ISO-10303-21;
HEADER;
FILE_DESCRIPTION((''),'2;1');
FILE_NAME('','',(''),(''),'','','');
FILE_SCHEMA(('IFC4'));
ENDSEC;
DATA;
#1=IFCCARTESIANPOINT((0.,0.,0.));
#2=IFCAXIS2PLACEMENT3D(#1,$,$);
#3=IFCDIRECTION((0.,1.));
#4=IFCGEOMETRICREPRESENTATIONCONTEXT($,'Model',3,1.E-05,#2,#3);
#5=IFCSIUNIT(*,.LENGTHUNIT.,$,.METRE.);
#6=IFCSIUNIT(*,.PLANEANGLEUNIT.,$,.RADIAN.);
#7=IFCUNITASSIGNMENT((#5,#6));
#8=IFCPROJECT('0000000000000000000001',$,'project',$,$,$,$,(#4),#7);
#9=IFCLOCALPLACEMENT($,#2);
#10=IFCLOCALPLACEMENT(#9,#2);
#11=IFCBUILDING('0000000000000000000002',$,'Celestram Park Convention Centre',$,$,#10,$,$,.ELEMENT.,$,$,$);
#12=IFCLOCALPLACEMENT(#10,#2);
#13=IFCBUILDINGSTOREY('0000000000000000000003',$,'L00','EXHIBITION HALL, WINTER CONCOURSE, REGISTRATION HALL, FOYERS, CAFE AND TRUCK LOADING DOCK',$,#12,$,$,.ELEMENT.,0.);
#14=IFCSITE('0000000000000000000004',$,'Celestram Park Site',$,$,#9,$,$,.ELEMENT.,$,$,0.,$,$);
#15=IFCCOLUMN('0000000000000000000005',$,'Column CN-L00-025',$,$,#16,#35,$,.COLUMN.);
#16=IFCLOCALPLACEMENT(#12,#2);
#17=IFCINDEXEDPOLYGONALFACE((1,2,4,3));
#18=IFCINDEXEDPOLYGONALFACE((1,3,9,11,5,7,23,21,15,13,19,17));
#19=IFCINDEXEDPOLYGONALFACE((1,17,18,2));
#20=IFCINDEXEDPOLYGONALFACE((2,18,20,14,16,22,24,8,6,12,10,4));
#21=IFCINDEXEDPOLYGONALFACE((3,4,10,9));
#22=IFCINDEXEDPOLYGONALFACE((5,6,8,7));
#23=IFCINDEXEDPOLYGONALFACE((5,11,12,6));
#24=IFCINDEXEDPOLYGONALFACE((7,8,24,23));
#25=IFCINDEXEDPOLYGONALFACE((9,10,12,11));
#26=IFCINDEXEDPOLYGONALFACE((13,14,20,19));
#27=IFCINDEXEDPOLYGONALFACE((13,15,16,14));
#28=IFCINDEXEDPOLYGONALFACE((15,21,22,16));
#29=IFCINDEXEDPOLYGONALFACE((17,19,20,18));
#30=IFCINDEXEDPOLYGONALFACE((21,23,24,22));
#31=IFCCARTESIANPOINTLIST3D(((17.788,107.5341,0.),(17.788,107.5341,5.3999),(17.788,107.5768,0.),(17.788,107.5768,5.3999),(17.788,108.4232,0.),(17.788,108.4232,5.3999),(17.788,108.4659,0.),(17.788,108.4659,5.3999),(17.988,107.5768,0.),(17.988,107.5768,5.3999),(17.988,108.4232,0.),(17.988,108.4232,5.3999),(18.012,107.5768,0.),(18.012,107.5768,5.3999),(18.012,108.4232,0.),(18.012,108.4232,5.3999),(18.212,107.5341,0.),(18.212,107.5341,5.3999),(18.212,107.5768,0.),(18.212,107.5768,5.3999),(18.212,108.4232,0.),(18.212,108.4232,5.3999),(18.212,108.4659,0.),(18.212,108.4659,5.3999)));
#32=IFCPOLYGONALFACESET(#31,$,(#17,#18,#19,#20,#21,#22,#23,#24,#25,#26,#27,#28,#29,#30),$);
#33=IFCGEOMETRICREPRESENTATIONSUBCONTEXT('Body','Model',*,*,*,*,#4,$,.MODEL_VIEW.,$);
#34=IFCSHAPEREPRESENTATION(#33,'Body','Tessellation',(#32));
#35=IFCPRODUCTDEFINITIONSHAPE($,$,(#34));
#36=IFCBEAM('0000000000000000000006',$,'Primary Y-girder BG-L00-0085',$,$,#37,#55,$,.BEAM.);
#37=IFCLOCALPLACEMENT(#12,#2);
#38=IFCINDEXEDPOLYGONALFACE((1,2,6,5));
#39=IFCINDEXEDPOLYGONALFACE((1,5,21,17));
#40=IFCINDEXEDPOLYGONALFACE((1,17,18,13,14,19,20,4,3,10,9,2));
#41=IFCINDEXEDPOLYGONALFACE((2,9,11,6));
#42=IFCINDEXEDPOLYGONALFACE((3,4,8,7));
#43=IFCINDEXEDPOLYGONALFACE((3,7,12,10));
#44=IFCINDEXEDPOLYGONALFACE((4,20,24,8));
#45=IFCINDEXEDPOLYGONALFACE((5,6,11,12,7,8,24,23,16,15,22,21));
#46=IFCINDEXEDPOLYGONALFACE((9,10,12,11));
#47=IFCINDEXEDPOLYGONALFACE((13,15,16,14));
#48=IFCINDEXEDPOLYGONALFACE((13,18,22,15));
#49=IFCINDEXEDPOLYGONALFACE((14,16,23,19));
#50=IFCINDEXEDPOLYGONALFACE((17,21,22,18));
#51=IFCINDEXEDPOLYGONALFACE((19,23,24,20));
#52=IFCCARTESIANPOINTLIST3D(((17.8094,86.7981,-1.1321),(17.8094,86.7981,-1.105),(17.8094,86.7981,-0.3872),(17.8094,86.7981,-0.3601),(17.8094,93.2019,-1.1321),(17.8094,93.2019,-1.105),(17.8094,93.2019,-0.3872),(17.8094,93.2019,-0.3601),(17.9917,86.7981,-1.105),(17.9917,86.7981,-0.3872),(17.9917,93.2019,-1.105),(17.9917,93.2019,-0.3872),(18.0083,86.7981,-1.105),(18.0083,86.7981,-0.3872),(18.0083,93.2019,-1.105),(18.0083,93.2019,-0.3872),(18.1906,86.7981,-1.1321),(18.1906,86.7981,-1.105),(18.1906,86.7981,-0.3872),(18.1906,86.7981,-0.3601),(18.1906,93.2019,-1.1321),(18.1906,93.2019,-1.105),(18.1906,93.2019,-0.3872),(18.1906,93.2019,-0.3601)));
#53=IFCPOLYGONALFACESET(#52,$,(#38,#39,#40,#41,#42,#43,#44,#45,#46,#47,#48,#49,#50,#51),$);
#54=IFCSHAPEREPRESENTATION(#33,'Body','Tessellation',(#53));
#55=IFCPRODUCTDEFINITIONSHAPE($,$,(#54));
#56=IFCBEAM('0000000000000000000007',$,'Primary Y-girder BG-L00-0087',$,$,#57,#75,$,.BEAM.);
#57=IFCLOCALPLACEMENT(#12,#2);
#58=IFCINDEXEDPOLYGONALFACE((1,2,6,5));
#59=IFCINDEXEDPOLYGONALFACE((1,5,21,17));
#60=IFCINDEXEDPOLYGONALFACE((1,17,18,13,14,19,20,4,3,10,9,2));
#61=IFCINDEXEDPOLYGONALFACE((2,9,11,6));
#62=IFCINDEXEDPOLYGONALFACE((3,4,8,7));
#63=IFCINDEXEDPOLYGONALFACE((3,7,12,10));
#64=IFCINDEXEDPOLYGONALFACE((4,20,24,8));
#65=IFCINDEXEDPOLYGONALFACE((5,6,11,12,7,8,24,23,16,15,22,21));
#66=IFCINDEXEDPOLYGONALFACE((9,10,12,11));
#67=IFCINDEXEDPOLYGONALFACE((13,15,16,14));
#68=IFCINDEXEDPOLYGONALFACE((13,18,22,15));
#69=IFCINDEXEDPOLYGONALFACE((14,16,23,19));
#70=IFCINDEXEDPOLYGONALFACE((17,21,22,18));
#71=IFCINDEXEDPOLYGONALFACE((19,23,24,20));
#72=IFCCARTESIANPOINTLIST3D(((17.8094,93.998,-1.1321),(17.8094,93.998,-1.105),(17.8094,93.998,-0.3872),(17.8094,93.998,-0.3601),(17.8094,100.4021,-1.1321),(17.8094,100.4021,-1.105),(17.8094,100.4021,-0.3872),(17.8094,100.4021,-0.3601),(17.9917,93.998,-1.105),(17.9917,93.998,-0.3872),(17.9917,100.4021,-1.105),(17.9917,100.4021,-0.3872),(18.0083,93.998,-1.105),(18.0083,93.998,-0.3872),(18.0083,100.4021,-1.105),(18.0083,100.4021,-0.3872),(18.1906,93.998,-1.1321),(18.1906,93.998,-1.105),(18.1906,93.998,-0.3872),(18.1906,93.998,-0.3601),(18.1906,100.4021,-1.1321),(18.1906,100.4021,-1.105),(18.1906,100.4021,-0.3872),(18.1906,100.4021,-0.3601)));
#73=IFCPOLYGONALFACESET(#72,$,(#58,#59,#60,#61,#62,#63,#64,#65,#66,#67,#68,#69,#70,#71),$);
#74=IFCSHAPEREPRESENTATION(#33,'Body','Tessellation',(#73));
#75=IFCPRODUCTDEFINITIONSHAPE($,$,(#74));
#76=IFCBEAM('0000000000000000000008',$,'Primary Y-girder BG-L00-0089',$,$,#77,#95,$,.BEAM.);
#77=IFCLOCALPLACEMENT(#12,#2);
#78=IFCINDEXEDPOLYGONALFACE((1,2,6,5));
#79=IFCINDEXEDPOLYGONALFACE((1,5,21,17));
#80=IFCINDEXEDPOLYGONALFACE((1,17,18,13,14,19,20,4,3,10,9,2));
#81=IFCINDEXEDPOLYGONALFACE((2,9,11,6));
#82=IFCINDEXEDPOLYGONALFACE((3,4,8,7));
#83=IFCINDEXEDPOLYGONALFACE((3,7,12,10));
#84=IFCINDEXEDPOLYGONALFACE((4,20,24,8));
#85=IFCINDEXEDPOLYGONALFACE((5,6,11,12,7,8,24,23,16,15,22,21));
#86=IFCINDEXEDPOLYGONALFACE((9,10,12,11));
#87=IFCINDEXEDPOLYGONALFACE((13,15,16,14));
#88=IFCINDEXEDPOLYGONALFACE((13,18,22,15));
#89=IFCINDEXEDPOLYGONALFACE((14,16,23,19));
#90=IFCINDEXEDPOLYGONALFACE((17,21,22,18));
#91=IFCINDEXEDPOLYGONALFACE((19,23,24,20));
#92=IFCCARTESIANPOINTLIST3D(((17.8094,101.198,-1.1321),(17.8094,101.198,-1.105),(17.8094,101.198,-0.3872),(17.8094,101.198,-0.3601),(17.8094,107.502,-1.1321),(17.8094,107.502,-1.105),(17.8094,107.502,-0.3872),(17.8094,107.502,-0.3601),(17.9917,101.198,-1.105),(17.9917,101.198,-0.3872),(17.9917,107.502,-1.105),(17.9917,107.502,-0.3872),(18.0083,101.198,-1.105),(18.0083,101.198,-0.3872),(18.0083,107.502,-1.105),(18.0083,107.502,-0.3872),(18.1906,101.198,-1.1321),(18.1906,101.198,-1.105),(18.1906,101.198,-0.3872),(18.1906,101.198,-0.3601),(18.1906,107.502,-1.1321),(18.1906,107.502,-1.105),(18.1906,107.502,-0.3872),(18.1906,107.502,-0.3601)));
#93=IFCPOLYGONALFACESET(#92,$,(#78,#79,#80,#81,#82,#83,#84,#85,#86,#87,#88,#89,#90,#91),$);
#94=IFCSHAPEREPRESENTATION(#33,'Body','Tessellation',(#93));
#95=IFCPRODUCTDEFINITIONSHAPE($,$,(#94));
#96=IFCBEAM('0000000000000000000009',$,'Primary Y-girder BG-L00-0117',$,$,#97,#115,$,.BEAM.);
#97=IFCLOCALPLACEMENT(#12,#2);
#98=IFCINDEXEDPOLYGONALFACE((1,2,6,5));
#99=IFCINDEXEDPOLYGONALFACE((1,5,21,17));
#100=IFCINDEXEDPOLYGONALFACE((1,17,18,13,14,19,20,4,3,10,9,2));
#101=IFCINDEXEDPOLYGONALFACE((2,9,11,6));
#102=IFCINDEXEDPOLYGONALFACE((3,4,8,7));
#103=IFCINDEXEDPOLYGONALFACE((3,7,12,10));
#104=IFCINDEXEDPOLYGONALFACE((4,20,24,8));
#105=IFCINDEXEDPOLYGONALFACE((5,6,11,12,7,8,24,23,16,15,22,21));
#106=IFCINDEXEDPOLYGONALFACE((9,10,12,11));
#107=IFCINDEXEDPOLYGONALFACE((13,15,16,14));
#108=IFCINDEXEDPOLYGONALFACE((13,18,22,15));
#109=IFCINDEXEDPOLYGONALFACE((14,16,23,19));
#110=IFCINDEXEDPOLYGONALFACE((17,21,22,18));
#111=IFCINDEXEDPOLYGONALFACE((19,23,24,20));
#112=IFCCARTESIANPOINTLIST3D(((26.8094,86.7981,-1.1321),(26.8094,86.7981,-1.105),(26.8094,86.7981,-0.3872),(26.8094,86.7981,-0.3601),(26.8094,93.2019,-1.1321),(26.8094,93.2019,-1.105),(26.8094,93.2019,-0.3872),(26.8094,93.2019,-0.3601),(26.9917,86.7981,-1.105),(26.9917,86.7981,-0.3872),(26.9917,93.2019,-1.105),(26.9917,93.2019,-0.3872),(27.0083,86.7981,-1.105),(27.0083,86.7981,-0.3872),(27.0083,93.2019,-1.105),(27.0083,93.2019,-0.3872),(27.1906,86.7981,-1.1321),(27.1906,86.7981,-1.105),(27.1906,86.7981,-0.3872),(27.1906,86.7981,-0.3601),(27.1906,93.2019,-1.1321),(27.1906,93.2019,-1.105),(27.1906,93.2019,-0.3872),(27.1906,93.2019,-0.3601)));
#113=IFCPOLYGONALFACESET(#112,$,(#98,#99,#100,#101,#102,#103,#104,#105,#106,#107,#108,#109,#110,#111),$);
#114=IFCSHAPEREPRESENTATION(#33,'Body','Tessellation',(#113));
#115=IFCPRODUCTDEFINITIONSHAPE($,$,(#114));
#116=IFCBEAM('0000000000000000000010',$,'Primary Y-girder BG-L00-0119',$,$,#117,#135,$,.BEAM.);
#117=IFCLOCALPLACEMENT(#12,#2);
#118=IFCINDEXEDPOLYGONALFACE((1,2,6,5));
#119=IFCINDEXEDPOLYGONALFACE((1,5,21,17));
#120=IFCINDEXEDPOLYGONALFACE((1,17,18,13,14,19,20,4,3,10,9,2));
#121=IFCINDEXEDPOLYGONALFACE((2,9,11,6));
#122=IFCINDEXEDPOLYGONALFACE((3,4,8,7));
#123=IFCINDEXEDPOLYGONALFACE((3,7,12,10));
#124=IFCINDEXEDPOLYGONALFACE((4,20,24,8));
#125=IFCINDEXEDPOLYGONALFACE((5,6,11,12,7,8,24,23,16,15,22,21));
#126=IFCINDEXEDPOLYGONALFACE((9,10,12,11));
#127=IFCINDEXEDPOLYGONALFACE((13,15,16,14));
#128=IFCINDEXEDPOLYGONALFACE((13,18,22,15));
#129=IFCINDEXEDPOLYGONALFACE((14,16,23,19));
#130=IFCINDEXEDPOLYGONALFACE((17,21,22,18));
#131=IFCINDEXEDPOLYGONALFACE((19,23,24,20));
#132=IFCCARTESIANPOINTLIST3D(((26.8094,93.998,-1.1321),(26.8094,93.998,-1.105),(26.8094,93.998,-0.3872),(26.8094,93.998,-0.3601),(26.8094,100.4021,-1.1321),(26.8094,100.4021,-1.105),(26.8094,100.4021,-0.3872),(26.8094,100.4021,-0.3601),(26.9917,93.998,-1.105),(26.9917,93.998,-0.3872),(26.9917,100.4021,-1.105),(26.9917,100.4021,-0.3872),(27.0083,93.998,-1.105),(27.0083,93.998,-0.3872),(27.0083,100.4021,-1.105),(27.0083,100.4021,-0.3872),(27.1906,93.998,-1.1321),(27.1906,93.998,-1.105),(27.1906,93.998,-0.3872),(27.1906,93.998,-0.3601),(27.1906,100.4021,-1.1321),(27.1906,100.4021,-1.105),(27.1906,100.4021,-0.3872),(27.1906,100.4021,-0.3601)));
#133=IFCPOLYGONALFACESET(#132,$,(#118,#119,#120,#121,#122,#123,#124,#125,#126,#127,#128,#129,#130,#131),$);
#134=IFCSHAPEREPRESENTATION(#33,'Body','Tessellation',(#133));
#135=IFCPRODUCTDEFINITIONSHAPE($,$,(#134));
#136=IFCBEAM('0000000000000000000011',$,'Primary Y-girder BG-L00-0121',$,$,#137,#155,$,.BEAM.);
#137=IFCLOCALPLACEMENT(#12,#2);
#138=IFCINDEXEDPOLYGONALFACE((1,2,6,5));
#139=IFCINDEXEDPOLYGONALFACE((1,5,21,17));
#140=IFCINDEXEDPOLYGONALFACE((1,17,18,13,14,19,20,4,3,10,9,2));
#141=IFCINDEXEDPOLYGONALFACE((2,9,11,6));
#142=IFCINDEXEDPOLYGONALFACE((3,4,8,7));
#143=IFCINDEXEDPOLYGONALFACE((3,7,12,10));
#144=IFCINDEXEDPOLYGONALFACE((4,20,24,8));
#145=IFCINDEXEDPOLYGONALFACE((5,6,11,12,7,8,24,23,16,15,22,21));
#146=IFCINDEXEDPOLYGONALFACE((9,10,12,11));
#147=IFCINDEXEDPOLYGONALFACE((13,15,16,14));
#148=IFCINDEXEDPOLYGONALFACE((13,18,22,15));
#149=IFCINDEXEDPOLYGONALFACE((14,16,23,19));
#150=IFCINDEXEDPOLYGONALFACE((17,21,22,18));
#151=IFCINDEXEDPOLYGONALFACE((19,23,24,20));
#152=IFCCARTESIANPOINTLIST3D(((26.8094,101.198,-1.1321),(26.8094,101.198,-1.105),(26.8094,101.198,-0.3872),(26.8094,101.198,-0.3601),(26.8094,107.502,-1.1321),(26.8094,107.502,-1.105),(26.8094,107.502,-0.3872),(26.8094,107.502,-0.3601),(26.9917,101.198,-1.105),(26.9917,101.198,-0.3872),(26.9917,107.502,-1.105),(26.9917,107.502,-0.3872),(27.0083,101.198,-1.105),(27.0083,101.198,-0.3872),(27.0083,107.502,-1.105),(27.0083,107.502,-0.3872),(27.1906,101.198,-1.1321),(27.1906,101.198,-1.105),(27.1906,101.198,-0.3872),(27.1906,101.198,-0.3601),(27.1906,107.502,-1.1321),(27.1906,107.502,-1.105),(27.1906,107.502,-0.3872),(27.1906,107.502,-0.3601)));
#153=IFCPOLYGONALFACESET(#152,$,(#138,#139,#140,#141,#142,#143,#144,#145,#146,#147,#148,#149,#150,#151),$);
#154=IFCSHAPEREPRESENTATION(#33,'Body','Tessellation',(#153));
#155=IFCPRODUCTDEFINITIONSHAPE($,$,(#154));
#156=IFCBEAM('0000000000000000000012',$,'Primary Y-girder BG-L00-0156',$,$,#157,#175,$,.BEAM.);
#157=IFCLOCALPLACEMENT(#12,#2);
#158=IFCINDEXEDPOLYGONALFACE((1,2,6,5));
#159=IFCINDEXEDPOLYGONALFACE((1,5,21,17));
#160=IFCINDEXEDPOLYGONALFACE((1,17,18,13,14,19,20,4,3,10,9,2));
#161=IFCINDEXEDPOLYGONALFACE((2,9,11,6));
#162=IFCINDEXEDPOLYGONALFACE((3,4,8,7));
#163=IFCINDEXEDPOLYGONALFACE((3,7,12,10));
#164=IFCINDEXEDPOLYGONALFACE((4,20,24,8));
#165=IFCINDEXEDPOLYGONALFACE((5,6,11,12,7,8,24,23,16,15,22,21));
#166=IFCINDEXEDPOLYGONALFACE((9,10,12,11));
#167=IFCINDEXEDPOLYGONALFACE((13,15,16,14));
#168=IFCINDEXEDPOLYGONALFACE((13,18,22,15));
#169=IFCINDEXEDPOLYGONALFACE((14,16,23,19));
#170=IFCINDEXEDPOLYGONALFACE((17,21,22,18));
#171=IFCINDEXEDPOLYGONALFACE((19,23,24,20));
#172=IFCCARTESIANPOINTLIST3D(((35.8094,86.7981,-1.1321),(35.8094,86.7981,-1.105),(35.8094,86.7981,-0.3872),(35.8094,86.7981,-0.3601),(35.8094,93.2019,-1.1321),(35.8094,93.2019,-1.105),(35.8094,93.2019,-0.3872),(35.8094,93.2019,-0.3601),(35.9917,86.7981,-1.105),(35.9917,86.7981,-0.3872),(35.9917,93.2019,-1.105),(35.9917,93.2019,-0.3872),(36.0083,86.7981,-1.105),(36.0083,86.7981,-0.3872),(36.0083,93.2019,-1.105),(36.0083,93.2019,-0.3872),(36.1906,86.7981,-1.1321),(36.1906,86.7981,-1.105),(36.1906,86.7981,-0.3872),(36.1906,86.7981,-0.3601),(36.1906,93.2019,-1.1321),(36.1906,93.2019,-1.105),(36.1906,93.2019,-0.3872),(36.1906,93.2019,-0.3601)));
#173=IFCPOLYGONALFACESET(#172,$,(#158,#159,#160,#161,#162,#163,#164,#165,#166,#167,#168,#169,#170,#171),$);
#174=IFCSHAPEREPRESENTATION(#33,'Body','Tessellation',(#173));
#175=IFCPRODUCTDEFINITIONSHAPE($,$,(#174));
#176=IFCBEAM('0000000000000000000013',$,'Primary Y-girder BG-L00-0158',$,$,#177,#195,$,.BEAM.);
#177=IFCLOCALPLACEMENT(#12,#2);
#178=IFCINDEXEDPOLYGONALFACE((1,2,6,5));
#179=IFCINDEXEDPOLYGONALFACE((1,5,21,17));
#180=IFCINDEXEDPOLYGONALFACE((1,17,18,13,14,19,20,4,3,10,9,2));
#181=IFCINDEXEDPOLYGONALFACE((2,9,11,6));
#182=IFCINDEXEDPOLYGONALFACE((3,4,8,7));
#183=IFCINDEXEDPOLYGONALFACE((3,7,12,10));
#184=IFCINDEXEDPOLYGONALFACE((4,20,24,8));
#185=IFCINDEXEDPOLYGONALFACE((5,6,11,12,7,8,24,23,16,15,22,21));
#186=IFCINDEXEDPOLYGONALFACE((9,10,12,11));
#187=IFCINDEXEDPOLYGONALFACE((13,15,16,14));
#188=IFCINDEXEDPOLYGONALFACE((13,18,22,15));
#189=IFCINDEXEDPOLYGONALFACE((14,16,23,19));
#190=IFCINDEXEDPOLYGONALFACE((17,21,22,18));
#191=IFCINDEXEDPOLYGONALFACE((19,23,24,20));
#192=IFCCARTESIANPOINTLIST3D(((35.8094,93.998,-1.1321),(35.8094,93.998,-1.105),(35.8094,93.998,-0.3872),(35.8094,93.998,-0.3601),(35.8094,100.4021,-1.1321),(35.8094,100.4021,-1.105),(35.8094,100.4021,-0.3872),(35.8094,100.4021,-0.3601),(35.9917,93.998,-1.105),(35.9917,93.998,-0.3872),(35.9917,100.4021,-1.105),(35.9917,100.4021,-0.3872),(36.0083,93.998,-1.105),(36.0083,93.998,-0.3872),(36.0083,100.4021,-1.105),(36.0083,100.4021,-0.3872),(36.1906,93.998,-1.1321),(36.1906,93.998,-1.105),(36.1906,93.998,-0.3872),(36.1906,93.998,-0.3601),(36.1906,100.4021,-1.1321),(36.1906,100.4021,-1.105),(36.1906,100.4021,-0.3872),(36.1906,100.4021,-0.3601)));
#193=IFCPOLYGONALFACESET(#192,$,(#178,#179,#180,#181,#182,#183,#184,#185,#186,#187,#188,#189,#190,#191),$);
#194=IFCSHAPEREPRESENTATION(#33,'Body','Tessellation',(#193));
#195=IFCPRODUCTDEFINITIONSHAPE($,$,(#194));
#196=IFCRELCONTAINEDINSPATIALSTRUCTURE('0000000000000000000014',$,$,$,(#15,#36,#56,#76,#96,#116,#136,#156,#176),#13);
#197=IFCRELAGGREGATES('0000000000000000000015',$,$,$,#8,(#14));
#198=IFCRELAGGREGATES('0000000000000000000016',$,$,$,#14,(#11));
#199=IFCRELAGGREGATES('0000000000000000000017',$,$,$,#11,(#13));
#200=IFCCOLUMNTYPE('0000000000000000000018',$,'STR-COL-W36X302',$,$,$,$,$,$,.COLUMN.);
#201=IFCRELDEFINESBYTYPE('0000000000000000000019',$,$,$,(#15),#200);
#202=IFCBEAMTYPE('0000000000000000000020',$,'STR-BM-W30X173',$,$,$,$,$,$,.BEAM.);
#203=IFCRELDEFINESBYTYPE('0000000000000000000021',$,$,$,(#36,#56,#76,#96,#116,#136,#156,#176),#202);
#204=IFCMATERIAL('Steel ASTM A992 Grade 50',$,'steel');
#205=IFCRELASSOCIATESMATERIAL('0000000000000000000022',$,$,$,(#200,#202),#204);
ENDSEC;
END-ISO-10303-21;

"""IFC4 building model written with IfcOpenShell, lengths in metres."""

from ifc_helpers import new_model, si_unit, direction, frame, origin, origin_2d, place, context, subcontext, project, spatial, i_section, extrude, material, material_profile, profile_set, type_object, element, save


model = new_model("IFC4")

# Units and contexts
model_context = context("Model", 3, precision=1e-05, world=origin(), true_north=direction((0.0, 1.0)))
body_context = subcontext(model_context, "Body", "Model", "MODEL_VIEW")
ifc_project = project(units=[si_unit("LENGTHUNIT", "METRE"), si_unit("PLANEANGLEUNIT", "RADIAN")], contexts=[model_context])

# Site, building, storey
site_placement = place(None, origin())
site = spatial("IfcSite", under=ifc_project, at=site_placement, Name="Celestram Park Site", CompositionType="ELEMENT", RefElevation=0.0)
building_placement = place(site_placement, origin())
building = spatial("IfcBuilding", under=site, at=building_placement, Name="Celestram Park Convention Centre", CompositionType="ELEMENT")
storey_placement = place(building_placement, origin())
storey = spatial("IfcBuildingStorey", under=building, at=storey_placement, Name="L00", Description="EXHIBITION HALL, WINTER CONCOURSE, REGISTRATION HALL, FOYERS, CAFE AND TRUCK LOADING DOCK", CompositionType="ELEMENT", Elevation=0.0)

# Column
ifc_material_1 = material(Name="Steel ASTM A992 Grade 50", Category="steel")
ifc_material_profile_1 = material_profile(ifc_material_1, i_section(OverallWidth=0.4241, OverallDepth=0.9319, WebThickness=0.0239, FlangeThickness=0.0427, at=origin_2d()), Name="W36X302")
ifc_profile_set_1 = profile_set([ifc_material_profile_1], Name="Steel ASTM A992 Grade 50")
column_type = type_object("IfcColumnType", Name="STR-COL-W36X302", PredefinedType="COLUMN", material=ifc_profile_set_1)
column_placement = place(storey_placement, frame((18.0, 108.0, 0.0), z_axis=(0.0, 0.0, 1.0), x_axis=(1.0, 0.0, 0.0)))
element("IfcColumn", 1, at=column_placement, inside=storey, type_object=column_type, Name="Column CN-L00-025", PredefinedType="COLUMN", context=body_context, shape_type="SweptSolid", body=[
    extrude(i_section(OverallWidth=0.4241, OverallDepth=0.9319, WebThickness=0.0239, FlangeThickness=0.0427, at=origin_2d()), origin(), (0.0, 0.0, 1.0), 5.3999),
])

# Beams
ifc_material_profile_2 = material_profile(ifc_material_1, i_section(OverallWidth=0.3811, OverallDepth=0.772, WebThickness=0.0166, FlangeThickness=0.0271, at=origin_2d()), Name="W30X173")
ifc_profile_set_2 = profile_set([ifc_material_profile_2], Name="Steel ASTM A992 Grade 50")
beam_type_1 = type_object("IfcBeamType", Name="STR-BM-W30X173", PredefinedType="BEAM", material=ifc_profile_set_2)
beam_1_placement = place(storey_placement, frame((18.0, 86.7981, -0.7461), z_axis=(0.0, 1.0, 0.0), x_axis=(-1.0, 0.0, 0.0)))
element("IfcBeam", 2, at=beam_1_placement, inside=storey, type_object=beam_type_1, Name="Primary Y-girder BG-L00-0085", PredefinedType="BEAM", context=body_context, shape_type="SweptSolid", body=[
    extrude(i_section(OverallWidth=0.3811, OverallDepth=0.772, WebThickness=0.0166, FlangeThickness=0.0271, at=origin_2d()), origin(), (0.0, 0.0, 1.0), 6.4038),
])
beam_2_placement = place(storey_placement, frame((18.0, 93.998, -0.7461), z_axis=(0.0, 1.0, 0.0), x_axis=(-1.0, 0.0, 0.0)))
element("IfcBeam", 3, at=beam_2_placement, inside=storey, type_object=beam_type_1, Name="Primary Y-girder BG-L00-0087", PredefinedType="BEAM", context=body_context, shape_type="SweptSolid", body=[
    extrude(i_section(OverallWidth=0.3811, OverallDepth=0.772, WebThickness=0.0166, FlangeThickness=0.0271, at=origin_2d()), origin(), (0.0, 0.0, 1.0), 6.4041),
])
beam_3_placement = place(storey_placement, frame((18.0, 101.198, -0.7461), z_axis=(0.0, 1.0, 0.0), x_axis=(-1.0, 0.0, 0.0)))
element("IfcBeam", 4, at=beam_3_placement, inside=storey, type_object=beam_type_1, Name="Primary Y-girder BG-L00-0089", PredefinedType="BEAM", context=body_context, shape_type="SweptSolid", body=[
    extrude(i_section(OverallWidth=0.3811, OverallDepth=0.772, WebThickness=0.0166, FlangeThickness=0.0271, at=origin_2d()), origin(), (0.0, 0.0, 1.0), 6.304),
])
beam_4_placement = place(storey_placement, frame((27.0, 86.7981, -0.7461), z_axis=(0.0, 1.0, 0.0), x_axis=(-1.0, 0.0, 0.0)))
element("IfcBeam", 5, at=beam_4_placement, inside=storey, type_object=beam_type_1, Name="Primary Y-girder BG-L00-0117", PredefinedType="BEAM", context=body_context, shape_type="SweptSolid", body=[
    extrude(i_section(OverallWidth=0.3811, OverallDepth=0.772, WebThickness=0.0166, FlangeThickness=0.0271, at=origin_2d()), origin(), (0.0, 0.0, 1.0), 6.4038),
])
beam_5_placement = place(storey_placement, frame((27.0, 93.998, -0.7461), z_axis=(0.0, 1.0, 0.0), x_axis=(-1.0, 0.0, 0.0)))
element("IfcBeam", 6, at=beam_5_placement, inside=storey, type_object=beam_type_1, Name="Primary Y-girder BG-L00-0119", PredefinedType="BEAM", context=body_context, shape_type="SweptSolid", body=[
    extrude(i_section(OverallWidth=0.3811, OverallDepth=0.772, WebThickness=0.0166, FlangeThickness=0.0271, at=origin_2d()), origin(), (0.0, 0.0, 1.0), 6.4041),
])
beam_6_placement = place(storey_placement, frame((27.0, 101.198, -0.7461), z_axis=(0.0, 1.0, 0.0), x_axis=(-1.0, 0.0, 0.0)))
element("IfcBeam", 7, at=beam_6_placement, inside=storey, type_object=beam_type_1, Name="Primary Y-girder BG-L00-0121", PredefinedType="BEAM", context=body_context, shape_type="SweptSolid", body=[
    extrude(i_section(OverallWidth=0.3811, OverallDepth=0.772, WebThickness=0.0166, FlangeThickness=0.0271, at=origin_2d()), origin(), (0.0, 0.0, 1.0), 6.304),
])
beam_7_placement = place(storey_placement, frame((36.0, 86.7981, -0.7461), z_axis=(0.0, 1.0, 0.0), x_axis=(-1.0, 0.0, 0.0)))
element("IfcBeam", 8, at=beam_7_placement, inside=storey, type_object=beam_type_1, Name="Primary Y-girder BG-L00-0156", PredefinedType="BEAM", context=body_context, shape_type="SweptSolid", body=[
    extrude(i_section(OverallWidth=0.3811, OverallDepth=0.772, WebThickness=0.0166, FlangeThickness=0.0271, at=origin_2d()), origin(), (0.0, 0.0, 1.0), 6.4038),
])
beam_8_placement = place(storey_placement, frame((36.0, 93.998, -0.7461), z_axis=(0.0, 1.0, 0.0), x_axis=(-1.0, 0.0, 0.0)))
element("IfcBeam", 9, at=beam_8_placement, inside=storey, type_object=beam_type_1, Name="Primary Y-girder BG-L00-0158", PredefinedType="BEAM", context=body_context, shape_type="SweptSolid", body=[
    extrude(i_section(OverallWidth=0.3811, OverallDepth=0.772, WebThickness=0.0166, FlangeThickness=0.0271, at=origin_2d()), origin(), (0.0, 0.0, 1.0), 6.4041),
])

save(model, "model.ifc")
